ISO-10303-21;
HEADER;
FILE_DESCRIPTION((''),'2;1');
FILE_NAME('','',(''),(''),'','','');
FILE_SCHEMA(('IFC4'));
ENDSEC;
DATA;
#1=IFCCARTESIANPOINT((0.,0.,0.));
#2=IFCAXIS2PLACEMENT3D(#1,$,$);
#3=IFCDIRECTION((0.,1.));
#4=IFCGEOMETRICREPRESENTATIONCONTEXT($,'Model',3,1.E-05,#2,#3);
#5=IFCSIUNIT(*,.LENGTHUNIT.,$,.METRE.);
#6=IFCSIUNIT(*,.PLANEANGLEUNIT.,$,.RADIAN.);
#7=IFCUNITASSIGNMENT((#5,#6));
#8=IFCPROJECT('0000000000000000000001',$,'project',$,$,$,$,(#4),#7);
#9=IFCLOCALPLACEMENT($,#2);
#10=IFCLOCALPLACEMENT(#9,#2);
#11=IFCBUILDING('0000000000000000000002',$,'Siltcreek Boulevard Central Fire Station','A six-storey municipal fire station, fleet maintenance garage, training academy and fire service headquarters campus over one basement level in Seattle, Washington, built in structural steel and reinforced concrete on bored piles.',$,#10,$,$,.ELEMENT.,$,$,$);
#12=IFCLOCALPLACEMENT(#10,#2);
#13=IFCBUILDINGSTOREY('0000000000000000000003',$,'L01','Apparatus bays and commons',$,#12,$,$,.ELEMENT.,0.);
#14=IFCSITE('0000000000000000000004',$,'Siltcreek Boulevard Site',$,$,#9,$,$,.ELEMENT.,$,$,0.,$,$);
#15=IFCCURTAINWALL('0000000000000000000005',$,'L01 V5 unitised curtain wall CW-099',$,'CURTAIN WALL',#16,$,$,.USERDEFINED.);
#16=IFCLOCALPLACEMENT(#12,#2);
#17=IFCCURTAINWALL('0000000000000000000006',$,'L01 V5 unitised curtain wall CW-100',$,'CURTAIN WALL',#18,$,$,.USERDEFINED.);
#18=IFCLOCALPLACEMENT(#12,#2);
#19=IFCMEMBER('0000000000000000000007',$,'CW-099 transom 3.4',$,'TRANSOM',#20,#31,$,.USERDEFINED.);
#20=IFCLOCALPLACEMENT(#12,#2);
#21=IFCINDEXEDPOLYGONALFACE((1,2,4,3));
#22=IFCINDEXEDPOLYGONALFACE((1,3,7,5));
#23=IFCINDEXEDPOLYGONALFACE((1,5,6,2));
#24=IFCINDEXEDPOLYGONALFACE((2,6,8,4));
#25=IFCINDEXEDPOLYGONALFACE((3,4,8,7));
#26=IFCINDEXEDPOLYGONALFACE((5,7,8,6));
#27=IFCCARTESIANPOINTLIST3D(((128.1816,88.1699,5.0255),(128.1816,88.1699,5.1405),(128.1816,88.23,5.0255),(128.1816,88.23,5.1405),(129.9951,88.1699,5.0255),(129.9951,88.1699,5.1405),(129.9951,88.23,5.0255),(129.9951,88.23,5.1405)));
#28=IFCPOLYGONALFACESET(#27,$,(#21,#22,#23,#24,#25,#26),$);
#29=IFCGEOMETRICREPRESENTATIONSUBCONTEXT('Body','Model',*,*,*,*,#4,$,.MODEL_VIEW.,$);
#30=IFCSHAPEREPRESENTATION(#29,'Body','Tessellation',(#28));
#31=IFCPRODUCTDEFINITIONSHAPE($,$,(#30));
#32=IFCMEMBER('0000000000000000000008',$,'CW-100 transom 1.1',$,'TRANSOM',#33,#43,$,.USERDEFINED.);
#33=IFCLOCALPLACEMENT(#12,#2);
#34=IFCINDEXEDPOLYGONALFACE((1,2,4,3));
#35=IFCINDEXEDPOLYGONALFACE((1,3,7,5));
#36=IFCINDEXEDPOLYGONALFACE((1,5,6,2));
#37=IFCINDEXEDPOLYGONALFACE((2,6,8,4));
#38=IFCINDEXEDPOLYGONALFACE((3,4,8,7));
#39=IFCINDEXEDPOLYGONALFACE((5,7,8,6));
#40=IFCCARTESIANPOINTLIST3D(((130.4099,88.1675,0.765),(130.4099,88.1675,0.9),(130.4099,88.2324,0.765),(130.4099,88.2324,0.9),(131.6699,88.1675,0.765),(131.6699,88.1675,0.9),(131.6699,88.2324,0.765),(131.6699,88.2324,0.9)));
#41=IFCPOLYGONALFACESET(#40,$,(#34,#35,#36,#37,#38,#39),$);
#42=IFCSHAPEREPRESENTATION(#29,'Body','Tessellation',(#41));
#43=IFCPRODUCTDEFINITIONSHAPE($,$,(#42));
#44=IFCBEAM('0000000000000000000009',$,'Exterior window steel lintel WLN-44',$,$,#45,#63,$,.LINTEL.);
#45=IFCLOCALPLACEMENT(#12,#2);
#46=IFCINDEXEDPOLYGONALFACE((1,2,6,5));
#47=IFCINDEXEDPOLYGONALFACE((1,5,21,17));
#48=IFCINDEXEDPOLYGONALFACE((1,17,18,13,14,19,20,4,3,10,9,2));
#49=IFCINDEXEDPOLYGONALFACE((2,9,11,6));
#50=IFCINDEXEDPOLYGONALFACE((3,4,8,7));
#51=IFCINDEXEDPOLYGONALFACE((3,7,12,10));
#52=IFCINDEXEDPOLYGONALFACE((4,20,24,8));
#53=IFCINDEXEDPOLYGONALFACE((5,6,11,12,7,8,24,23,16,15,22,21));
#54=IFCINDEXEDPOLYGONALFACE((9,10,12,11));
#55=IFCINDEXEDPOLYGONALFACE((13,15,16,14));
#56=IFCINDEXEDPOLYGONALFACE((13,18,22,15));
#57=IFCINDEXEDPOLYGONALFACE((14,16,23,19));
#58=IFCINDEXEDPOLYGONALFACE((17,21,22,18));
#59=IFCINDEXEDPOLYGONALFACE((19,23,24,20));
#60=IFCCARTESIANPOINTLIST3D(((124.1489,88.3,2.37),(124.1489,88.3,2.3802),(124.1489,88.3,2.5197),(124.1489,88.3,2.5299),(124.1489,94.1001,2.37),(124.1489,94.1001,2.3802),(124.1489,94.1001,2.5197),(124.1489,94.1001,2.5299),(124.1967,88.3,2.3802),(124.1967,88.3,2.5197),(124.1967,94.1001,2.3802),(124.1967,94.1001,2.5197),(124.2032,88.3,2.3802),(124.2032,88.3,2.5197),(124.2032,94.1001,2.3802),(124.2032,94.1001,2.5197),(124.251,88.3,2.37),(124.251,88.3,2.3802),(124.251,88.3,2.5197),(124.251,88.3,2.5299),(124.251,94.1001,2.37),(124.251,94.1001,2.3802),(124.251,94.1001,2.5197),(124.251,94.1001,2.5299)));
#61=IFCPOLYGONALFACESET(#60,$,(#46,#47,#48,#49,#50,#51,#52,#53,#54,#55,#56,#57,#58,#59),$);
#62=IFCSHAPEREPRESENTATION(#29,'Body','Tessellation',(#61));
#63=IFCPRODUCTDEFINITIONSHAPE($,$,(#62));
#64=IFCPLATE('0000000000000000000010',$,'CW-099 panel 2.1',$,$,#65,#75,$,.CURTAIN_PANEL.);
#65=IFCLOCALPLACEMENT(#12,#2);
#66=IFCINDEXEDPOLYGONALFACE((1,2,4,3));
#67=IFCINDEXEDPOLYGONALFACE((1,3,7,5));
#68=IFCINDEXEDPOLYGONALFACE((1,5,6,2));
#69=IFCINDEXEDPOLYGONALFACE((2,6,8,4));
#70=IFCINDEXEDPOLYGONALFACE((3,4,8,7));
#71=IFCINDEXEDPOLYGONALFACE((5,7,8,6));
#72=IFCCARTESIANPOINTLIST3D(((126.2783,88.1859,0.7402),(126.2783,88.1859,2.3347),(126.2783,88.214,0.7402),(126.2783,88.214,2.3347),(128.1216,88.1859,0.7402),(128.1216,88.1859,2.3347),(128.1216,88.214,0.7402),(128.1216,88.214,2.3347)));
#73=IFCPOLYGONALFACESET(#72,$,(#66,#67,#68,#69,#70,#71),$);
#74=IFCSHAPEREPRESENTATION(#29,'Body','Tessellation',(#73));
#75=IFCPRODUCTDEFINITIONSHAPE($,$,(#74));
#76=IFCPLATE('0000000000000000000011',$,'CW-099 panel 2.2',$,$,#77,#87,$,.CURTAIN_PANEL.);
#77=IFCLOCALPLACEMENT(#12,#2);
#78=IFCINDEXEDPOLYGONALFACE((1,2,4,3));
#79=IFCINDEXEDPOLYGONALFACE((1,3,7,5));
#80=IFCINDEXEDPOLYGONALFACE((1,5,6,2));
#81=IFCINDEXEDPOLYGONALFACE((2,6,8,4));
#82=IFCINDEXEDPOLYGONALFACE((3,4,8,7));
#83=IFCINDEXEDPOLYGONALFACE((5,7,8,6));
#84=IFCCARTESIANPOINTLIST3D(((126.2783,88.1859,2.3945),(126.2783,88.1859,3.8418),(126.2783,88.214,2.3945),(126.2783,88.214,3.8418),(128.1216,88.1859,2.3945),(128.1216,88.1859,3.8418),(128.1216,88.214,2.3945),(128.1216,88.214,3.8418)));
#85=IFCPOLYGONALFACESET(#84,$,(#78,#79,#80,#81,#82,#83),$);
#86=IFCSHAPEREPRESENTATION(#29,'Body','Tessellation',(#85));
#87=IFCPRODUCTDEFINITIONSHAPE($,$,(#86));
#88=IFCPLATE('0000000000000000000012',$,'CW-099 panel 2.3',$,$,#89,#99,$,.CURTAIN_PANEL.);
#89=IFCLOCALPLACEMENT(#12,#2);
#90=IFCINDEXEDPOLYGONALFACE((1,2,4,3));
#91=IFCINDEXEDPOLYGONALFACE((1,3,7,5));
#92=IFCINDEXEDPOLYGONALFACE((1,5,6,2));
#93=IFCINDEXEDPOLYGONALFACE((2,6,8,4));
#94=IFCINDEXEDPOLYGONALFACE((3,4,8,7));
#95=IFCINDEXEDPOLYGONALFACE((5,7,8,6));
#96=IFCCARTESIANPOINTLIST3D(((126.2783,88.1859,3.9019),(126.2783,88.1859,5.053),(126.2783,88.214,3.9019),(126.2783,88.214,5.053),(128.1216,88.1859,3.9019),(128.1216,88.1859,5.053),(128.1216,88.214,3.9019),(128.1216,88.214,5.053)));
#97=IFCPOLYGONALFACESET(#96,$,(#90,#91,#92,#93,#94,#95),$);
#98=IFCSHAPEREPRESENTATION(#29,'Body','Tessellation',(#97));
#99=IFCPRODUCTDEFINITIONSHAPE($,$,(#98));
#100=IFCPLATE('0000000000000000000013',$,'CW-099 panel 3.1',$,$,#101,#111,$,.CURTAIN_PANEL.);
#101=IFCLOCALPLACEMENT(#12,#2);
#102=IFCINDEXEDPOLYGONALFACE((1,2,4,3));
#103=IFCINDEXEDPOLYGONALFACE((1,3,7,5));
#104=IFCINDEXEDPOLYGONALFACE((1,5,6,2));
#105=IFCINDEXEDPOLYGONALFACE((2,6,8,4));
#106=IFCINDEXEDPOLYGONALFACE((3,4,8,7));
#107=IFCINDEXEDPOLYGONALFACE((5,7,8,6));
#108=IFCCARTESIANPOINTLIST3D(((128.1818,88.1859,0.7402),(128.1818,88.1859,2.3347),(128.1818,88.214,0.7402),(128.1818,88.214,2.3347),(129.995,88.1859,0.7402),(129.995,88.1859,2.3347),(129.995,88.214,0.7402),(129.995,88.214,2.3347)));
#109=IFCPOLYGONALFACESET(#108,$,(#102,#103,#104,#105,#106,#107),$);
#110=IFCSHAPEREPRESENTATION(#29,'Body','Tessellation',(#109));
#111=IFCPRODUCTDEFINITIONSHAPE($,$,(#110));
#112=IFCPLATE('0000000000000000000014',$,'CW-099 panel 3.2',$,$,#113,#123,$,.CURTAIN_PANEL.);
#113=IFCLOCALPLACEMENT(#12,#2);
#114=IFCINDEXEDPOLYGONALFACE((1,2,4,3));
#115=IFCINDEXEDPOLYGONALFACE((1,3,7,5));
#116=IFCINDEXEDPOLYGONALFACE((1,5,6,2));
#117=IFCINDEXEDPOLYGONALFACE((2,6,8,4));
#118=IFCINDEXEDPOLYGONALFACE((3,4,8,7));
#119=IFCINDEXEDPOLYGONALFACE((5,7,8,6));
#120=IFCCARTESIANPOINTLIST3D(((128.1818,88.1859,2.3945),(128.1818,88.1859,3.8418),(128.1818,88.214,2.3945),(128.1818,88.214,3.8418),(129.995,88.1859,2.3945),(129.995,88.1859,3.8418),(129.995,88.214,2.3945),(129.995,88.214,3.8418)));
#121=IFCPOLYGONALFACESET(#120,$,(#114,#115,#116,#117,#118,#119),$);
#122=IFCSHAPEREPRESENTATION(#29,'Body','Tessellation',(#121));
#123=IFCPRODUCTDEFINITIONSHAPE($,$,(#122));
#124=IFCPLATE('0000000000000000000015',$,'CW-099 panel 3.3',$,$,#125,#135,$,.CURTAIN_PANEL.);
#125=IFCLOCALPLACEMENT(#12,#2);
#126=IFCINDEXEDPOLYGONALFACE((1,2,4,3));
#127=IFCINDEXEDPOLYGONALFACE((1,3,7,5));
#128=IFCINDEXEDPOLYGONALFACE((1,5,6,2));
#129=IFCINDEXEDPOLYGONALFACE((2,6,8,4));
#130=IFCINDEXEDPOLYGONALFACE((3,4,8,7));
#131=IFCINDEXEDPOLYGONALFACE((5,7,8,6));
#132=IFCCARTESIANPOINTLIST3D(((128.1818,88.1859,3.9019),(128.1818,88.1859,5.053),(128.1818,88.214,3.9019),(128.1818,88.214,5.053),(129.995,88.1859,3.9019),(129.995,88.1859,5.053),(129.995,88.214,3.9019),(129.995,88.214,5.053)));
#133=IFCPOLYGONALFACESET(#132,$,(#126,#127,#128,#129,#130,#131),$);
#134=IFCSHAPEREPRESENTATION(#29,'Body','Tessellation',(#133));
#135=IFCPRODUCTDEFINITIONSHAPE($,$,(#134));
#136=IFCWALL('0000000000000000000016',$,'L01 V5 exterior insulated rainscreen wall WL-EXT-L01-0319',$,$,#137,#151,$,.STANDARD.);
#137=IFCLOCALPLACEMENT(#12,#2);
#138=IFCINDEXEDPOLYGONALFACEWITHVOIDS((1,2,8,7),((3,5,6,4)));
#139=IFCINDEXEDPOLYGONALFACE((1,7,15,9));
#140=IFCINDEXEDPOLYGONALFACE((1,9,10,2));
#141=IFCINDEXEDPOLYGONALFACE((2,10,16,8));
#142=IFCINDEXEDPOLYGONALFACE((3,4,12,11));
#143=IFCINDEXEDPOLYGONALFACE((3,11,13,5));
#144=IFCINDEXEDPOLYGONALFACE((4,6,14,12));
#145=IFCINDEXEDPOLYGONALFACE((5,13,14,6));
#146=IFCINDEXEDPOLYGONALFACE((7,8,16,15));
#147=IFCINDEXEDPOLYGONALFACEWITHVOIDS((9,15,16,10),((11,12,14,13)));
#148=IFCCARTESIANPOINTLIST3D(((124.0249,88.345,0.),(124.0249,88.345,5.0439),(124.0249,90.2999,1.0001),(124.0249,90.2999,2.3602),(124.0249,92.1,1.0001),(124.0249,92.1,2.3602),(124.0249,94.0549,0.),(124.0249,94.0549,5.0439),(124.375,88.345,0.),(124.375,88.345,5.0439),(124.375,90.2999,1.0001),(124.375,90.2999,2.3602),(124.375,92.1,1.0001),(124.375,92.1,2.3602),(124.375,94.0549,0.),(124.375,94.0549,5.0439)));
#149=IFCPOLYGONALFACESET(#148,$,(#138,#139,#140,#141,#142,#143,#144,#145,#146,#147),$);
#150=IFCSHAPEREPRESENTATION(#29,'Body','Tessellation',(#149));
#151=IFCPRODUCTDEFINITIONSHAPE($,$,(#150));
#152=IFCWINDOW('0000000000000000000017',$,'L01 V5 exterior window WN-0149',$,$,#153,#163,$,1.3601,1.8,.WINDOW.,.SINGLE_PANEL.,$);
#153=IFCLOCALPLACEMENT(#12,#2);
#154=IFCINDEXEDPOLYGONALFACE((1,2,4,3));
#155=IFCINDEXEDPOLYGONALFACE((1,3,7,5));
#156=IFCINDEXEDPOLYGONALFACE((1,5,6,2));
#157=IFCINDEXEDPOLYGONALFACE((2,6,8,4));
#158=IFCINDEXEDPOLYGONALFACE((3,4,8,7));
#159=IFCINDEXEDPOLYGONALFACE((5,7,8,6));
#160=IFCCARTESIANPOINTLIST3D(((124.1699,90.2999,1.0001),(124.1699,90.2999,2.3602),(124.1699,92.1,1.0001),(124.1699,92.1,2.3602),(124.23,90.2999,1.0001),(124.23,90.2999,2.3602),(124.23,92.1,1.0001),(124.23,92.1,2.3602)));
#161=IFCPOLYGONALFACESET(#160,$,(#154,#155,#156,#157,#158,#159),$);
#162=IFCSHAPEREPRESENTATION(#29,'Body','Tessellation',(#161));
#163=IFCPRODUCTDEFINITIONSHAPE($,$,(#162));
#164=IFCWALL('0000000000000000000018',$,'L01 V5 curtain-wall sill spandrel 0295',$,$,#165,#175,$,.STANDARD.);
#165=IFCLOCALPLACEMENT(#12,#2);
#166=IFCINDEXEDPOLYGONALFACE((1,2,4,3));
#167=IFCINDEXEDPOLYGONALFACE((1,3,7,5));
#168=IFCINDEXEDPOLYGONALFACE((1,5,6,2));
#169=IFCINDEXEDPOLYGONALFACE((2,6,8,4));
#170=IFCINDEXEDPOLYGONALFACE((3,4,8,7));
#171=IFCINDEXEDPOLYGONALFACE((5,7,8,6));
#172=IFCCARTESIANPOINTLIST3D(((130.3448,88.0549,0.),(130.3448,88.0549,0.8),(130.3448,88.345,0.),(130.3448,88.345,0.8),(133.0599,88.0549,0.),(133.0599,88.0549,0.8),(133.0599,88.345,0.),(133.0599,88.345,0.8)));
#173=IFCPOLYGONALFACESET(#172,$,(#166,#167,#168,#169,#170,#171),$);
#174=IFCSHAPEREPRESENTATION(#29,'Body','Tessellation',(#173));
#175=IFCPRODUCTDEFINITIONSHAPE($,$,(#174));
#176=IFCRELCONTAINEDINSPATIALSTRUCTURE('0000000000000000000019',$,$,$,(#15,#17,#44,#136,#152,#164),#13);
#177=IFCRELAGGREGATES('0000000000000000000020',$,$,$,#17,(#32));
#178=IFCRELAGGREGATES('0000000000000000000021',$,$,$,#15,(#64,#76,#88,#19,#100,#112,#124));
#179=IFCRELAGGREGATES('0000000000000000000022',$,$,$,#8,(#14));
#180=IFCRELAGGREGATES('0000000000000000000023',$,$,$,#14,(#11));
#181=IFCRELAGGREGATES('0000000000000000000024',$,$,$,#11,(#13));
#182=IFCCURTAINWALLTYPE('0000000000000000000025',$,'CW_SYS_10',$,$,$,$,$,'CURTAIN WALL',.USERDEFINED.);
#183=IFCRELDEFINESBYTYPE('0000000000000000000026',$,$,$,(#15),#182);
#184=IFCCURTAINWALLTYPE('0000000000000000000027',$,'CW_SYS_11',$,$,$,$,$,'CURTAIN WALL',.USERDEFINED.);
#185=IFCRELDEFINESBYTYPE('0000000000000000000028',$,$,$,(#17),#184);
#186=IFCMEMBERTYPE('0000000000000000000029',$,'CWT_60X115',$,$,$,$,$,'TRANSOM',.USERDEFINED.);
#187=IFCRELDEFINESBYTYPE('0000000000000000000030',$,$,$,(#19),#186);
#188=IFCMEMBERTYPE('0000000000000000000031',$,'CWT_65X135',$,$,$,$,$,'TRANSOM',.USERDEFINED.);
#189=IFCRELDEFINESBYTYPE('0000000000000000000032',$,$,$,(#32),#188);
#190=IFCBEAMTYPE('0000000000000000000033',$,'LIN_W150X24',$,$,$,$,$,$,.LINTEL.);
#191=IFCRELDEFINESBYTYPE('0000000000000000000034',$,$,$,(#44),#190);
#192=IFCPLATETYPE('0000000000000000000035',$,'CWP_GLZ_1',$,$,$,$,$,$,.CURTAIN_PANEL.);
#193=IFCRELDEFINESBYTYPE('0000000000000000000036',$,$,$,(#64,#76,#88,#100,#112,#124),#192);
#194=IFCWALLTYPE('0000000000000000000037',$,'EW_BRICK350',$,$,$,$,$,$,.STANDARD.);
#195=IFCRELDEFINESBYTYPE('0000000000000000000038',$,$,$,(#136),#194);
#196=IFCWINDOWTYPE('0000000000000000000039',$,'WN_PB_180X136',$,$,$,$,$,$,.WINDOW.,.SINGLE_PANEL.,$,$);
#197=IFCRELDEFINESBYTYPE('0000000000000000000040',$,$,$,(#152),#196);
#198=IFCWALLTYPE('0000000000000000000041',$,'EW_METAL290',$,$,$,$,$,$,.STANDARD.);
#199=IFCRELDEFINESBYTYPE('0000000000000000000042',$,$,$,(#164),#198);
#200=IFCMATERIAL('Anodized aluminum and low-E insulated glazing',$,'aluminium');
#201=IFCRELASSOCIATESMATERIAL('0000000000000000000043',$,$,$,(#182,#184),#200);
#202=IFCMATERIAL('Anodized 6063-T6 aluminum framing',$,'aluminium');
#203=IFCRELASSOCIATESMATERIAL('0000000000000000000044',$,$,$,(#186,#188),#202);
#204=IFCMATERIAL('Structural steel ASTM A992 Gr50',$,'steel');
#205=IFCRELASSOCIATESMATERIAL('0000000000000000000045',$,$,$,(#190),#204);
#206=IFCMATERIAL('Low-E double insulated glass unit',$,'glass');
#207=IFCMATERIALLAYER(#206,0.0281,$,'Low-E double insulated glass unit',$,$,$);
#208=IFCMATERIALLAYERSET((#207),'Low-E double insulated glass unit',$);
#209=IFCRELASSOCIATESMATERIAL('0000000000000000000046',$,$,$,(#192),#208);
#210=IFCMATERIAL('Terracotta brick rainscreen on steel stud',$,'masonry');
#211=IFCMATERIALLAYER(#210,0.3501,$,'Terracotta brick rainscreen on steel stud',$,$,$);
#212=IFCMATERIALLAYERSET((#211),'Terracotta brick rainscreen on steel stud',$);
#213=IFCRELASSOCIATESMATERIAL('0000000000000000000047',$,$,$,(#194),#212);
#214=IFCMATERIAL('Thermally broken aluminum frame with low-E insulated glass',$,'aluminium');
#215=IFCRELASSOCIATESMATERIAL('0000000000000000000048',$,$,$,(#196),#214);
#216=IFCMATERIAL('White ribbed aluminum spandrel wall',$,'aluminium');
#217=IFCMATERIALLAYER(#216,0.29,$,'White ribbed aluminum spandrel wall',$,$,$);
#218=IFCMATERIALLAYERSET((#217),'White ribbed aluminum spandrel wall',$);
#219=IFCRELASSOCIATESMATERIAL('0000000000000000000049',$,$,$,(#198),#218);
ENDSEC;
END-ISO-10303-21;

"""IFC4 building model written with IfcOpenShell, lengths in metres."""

from ifc_helpers import new_model, si_unit, direction, frame, frame_2d, origin, origin_2d, place, context, subcontext, project, spatial, rectangle, i_section, extrude, material, layer, layer_set, material_profile, profile_set, type_object, element, fill, aggregate, save


model = new_model("IFC4")

# Units and contexts
model_context = context("Model", 3, precision=1e-05, world=origin(), true_north=direction((0.0, 1.0)))
body_context = subcontext(model_context, "Body", "Model", "MODEL_VIEW")
ifc_project = project(units=[si_unit("LENGTHUNIT", "METRE"), si_unit("PLANEANGLEUNIT", "RADIAN")], contexts=[model_context])

# Site, building, storey
site_placement = place(None, origin())
site = spatial("IfcSite", under=ifc_project, at=site_placement, Name="Siltcreek Boulevard Site", CompositionType="ELEMENT", RefElevation=0.0)
building_placement = place(site_placement, origin())
building = spatial("IfcBuilding", under=site, at=building_placement, Name="Siltcreek Boulevard Central Fire Station", Description="A six-storey municipal fire station, fleet maintenance garage, training academy and fire service headquarters campus over one basement level in Seattle, Washington, built in structural steel and reinforced concrete on bored piles.", CompositionType="ELEMENT")
storey_placement = place(building_placement, origin())
storey = spatial("IfcBuildingStorey", under=building, at=storey_placement, Name="L01", Description="Apparatus bays and commons", CompositionType="ELEMENT", Elevation=0.0)

# Shared definitions
ifc_material_1 = material(Name="Structural steel ASTM A992 Gr50", Category="steel")

# Curtain wall
ifc_material_2 = material(Name="Anodized aluminum and low-E insulated glazing", Category="aluminium")
curtain_wall_type_1 = type_object("IfcCurtainWallType", Name="CW_SYS_10", ElementType="CURTAIN WALL", PredefinedType="USERDEFINED", material=ifc_material_2)
curtain_wall_1_placement = place(storey_placement, origin())
curtain_wall_1 = element("IfcCurtainWall", 1, at=curtain_wall_1_placement, inside=storey, type_object=curtain_wall_type_1, Name="L01 V5 unitised curtain wall CW-099", ObjectType="CURTAIN WALL", PredefinedType="USERDEFINED")
ifc_material_3 = material(Name="Anodized 6063-T6 aluminum framing", Category="aluminium")

# Curtain wall
curtain_wall_type_2 = type_object("IfcCurtainWallType", Name="CW_SYS_11", ElementType="CURTAIN WALL", PredefinedType="USERDEFINED", material=ifc_material_2)
curtain_wall_2_placement = place(storey_placement, origin())
curtain_wall_2 = element("IfcCurtainWall", 2, at=curtain_wall_2_placement, inside=storey, type_object=curtain_wall_type_2, Name="L01 V5 unitised curtain wall CW-100", ObjectType="CURTAIN WALL", PredefinedType="USERDEFINED")

# Members
ifc_material_profile_1 = material_profile(ifc_material_3, rectangle(XDim=0.0601, YDim=0.115, at=origin_2d()), Name="TRAN60X115")
ifc_profile_set_1 = profile_set([ifc_material_profile_1], Name="Anodized 6063-T6 aluminum framing")
member_type_1 = type_object("IfcMemberType", Name="CWT_60X115", ElementType="TRANSOM", PredefinedType="USERDEFINED", material=ifc_profile_set_1)
member_1_placement = place(storey_placement, frame((128.1816, 88.2, 5.083), z_axis=(1.0, 0.0, 0.0), x_axis=(0.0, 1.0, 0.0)))
member_1 = element("IfcMember", 3, at=member_1_placement, type_object=member_type_1, Name="CW-099 transom 3.4", ObjectType="TRANSOM", PredefinedType="USERDEFINED", context=body_context, shape_type="SweptSolid", body=[
    extrude(rectangle(XDim=0.0601, YDim=0.115, at=origin_2d()), origin(), (0.0, 0.0, 1.0), 1.8135),
])
ifc_material_profile_2 = material_profile(ifc_material_3, rectangle(XDim=0.0649, YDim=0.135, at=origin_2d()), Name="TRAN65X135")
ifc_profile_set_2 = profile_set([ifc_material_profile_2], Name="Anodized 6063-T6 aluminum framing")
member_type_2 = type_object("IfcMemberType", Name="CWT_65X135", ElementType="TRANSOM", PredefinedType="USERDEFINED", material=ifc_profile_set_2)
member_2_placement = place(storey_placement, frame((130.4099, 88.2, 0.8325), z_axis=(1.0, 0.0, 0.0), x_axis=(0.0, 1.0, 0.0)))
member_2 = element("IfcMember", 4, at=member_2_placement, type_object=member_type_2, Name="CW-100 transom 1.1", ObjectType="TRANSOM", PredefinedType="USERDEFINED", context=body_context, shape_type="SweptSolid", body=[
    extrude(rectangle(XDim=0.0649, YDim=0.135, at=origin_2d()), origin(), (0.0, 0.0, 1.0), 1.26),
])
aggregate(curtain_wall_2, [member_2])

# Beam
ifc_material_profile_3 = material_profile(ifc_material_1, i_section(OverallWidth=0.1021, OverallDepth=0.1599, WebThickness=0.0066, FlangeThickness=0.0103, at=origin_2d()), Name="W150X24")
ifc_profile_set_3 = profile_set([ifc_material_profile_3], Name="Structural steel ASTM A992 Gr50")
beam_type = type_object("IfcBeamType", Name="LIN_W150X24", PredefinedType="LINTEL", material=ifc_profile_set_3)
beam_placement = place(storey_placement, frame((124.2, 94.1001, 2.45), z_axis=(0.0, -1.0, 0.0), x_axis=(1.0, 0.0, 0.0)))
element("IfcBeam", 5, at=beam_placement, inside=storey, type_object=beam_type, Name="Exterior window steel lintel WLN-44", PredefinedType="LINTEL", context=body_context, shape_type="SweptSolid", body=[
    extrude(i_section(OverallWidth=0.1021, OverallDepth=0.1599, WebThickness=0.0066, FlangeThickness=0.0103, at=origin_2d()), origin(), (0.0, 0.0, 1.0), 5.8),
])

# Plates
ifc_material_4 = material(Name="Low-E double insulated glass unit", Category="glass")
ifc_layer_1 = layer(ifc_material_4, 0.0281, Name="Low-E double insulated glass unit")
ifc_layer_set_1 = layer_set([ifc_layer_1], Name="Low-E double insulated glass unit")
plate_type = type_object("IfcPlateType", Name="CWP_GLZ_1", PredefinedType="CURTAIN_PANEL", material=ifc_layer_set_1)
plate_1_placement = place(storey_placement, frame((127.2, 88.2, 0.7402), z_axis=(0.0, 0.0, 1.0), x_axis=(1.0, 0.0, 0.0)))
plate_1 = element("IfcPlate", 6, at=plate_1_placement, type_object=plate_type, Name="CW-099 panel 2.1", PredefinedType="CURTAIN_PANEL", context=body_context, shape_type="SweptSolid", body=[
    extrude(rectangle(XDim=1.8433, YDim=0.0281, at=origin_2d()), origin(), (0.0, 0.0, 1.0), 1.5945),
])
plate_2_placement = place(storey_placement, frame((127.2, 88.2, 2.3945), z_axis=(0.0, 0.0, 1.0), x_axis=(1.0, 0.0, 0.0)))
plate_2 = element("IfcPlate", 7, at=plate_2_placement, type_object=plate_type, Name="CW-099 panel 2.2", PredefinedType="CURTAIN_PANEL", context=body_context, shape_type="SweptSolid", body=[
    extrude(rectangle(XDim=1.8433, YDim=0.0281, at=origin_2d()), origin(), (0.0, 0.0, 1.0), 1.4473),
])
plate_3_placement = place(storey_placement, frame((127.2, 88.2, 3.9019), z_axis=(0.0, 0.0, 1.0), x_axis=(1.0, 0.0, 0.0)))
plate_3 = element("IfcPlate", 8, at=plate_3_placement, type_object=plate_type, Name="CW-099 panel 2.3", PredefinedType="CURTAIN_PANEL", context=body_context, shape_type="SweptSolid", body=[
    extrude(rectangle(XDim=1.8433, YDim=0.0281, at=origin_2d()), origin(), (0.0, 0.0, 1.0), 1.1511),
])
plate_4_placement = place(storey_placement, frame((129.0884, 88.2, 0.7402), z_axis=(0.0, 0.0, 1.0), x_axis=(1.0, 0.0, 0.0)))
plate_4 = element("IfcPlate", 9, at=plate_4_placement, type_object=plate_type, Name="CW-099 panel 3.1", PredefinedType="CURTAIN_PANEL", context=body_context, shape_type="SweptSolid", body=[
    extrude(rectangle(XDim=1.8132, YDim=0.0281, at=origin_2d()), origin(), (0.0, 0.0, 1.0), 1.5945),
])
plate_5_placement = place(storey_placement, frame((129.0884, 88.2, 2.3945), z_axis=(0.0, 0.0, 1.0), x_axis=(1.0, 0.0, 0.0)))
plate_5 = element("IfcPlate", 10, at=plate_5_placement, type_object=plate_type, Name="CW-099 panel 3.2", PredefinedType="CURTAIN_PANEL", context=body_context, shape_type="SweptSolid", body=[
    extrude(rectangle(XDim=1.8132, YDim=0.0281, at=origin_2d()), origin(), (0.0, 0.0, 1.0), 1.4473),
])
plate_6_placement = place(storey_placement, frame((129.0884, 88.2, 3.9019), z_axis=(0.0, 0.0, 1.0), x_axis=(1.0, 0.0, 0.0)))
plate_6 = element("IfcPlate", 11, at=plate_6_placement, type_object=plate_type, Name="CW-099 panel 3.3", PredefinedType="CURTAIN_PANEL", context=body_context, shape_type="SweptSolid", body=[
    extrude(rectangle(XDim=1.8132, YDim=0.0281, at=origin_2d()), origin(), (0.0, 0.0, 1.0), 1.1511),
])
aggregate(curtain_wall_1, [plate_1, plate_2, plate_3, member_1, plate_4, plate_5, plate_6])

# Wall, opening, window
ifc_material_5 = material(Name="Terracotta brick rainscreen on steel stud", Category="masonry")
ifc_layer_2 = layer(ifc_material_5, 0.3501, Name="Terracotta brick rainscreen on steel stud")
ifc_layer_set_2 = layer_set([ifc_layer_2], Name="Terracotta brick rainscreen on steel stud")
wall_type_1 = type_object("IfcWallType", Name="EW_BRICK350", PredefinedType="STANDARD", material=ifc_layer_set_2)
wall_1_placement = place(storey_placement, frame((124.2, 94.0549, 0.0), z_axis=(0.0, 0.0, 1.0), x_axis=(0.0, -1.0, 0.0)))
wall_1 = element("IfcWall", 12, at=wall_1_placement, inside=storey, type_object=wall_type_1, Name="L01 V5 exterior insulated rainscreen wall WL-EXT-L01-0319", PredefinedType="STANDARD", context=body_context, shape_type="SweptSolid", body=[
    extrude(rectangle(XDim=5.71, YDim=0.3501, at=frame_2d((2.855, 0.0))), origin(), (0.0, 0.0, 1.0), 5.0439),
])
opening_1_placement = place(wall_1_placement, frame((1.9551, 0.0, 1.0)))
opening_1 = element("IfcOpeningElement", 13, at=opening_1_placement, cuts=wall_1, PredefinedType="OPENING", context=body_context, shape_type="SweptSolid", body=[
    extrude(rectangle(XDim=1.8, YDim=1.3601, at=frame_2d((0.8999, 0.6802))), frame((0.0, 0.1851, 0.0), z_axis=(0.0, -1.0, 0.0), x_axis=(1.0, 0.0, 0.0)), (0.0, 0.0, 1.0), 0.3701),
])
ifc_material_6 = material(Name="Thermally broken aluminum frame with low-E insulated glass", Category="aluminium")
window_type = type_object("IfcWindowType", Name="WN_PB_180X136", PartitioningType="SINGLE_PANEL", PredefinedType="WINDOW", material=ifc_material_6)
window_placement = place(opening_1_placement, origin())
window = element("IfcWindow", 14, at=window_placement, inside=storey, type_object=window_type, Name="L01 V5 exterior window WN-0149", OverallHeight=1.3601, OverallWidth=1.8, PartitioningType="SINGLE_PANEL", PredefinedType="WINDOW", context=body_context, shape_type="SweptSolid", body=[
    extrude(rectangle(XDim=1.8, YDim=1.3601, at=frame_2d((0.8999, 0.6802))), frame((0.0, 0.03, 0.0), z_axis=(0.0, -1.0, 0.0), x_axis=(1.0, 0.0, 0.0)), (0.0, 0.0, 1.0), 0.0601),
])
fill(opening_1, window)

# Wall
ifc_material_7 = material(Name="White ribbed aluminum spandrel wall", Category="aluminium")
ifc_layer_3 = layer(ifc_material_7, 0.29, Name="White ribbed aluminum spandrel wall")
ifc_layer_set_3 = layer_set([ifc_layer_3], Name="White ribbed aluminum spandrel wall")
wall_type_2 = type_object("IfcWallType", Name="EW_METAL290", PredefinedType="STANDARD", material=ifc_layer_set_3)
wall_2_placement = place(storey_placement, frame((130.345, 88.2, 0.0), z_axis=(0.0, 0.0, 1.0), x_axis=(1.0, 0.0, 0.0)))
element("IfcWall", 15, at=wall_2_placement, inside=storey, type_object=wall_type_2, Name="L01 V5 curtain-wall sill spandrel 0295", PredefinedType="STANDARD", context=body_context, shape_type="SweptSolid", body=[
    extrude(rectangle(XDim=2.7151, YDim=0.29, at=frame_2d((1.3574, 0.0))), origin(), (0.0, 0.0, 1.0), 0.8),
])

save(model, "model.ifc")
